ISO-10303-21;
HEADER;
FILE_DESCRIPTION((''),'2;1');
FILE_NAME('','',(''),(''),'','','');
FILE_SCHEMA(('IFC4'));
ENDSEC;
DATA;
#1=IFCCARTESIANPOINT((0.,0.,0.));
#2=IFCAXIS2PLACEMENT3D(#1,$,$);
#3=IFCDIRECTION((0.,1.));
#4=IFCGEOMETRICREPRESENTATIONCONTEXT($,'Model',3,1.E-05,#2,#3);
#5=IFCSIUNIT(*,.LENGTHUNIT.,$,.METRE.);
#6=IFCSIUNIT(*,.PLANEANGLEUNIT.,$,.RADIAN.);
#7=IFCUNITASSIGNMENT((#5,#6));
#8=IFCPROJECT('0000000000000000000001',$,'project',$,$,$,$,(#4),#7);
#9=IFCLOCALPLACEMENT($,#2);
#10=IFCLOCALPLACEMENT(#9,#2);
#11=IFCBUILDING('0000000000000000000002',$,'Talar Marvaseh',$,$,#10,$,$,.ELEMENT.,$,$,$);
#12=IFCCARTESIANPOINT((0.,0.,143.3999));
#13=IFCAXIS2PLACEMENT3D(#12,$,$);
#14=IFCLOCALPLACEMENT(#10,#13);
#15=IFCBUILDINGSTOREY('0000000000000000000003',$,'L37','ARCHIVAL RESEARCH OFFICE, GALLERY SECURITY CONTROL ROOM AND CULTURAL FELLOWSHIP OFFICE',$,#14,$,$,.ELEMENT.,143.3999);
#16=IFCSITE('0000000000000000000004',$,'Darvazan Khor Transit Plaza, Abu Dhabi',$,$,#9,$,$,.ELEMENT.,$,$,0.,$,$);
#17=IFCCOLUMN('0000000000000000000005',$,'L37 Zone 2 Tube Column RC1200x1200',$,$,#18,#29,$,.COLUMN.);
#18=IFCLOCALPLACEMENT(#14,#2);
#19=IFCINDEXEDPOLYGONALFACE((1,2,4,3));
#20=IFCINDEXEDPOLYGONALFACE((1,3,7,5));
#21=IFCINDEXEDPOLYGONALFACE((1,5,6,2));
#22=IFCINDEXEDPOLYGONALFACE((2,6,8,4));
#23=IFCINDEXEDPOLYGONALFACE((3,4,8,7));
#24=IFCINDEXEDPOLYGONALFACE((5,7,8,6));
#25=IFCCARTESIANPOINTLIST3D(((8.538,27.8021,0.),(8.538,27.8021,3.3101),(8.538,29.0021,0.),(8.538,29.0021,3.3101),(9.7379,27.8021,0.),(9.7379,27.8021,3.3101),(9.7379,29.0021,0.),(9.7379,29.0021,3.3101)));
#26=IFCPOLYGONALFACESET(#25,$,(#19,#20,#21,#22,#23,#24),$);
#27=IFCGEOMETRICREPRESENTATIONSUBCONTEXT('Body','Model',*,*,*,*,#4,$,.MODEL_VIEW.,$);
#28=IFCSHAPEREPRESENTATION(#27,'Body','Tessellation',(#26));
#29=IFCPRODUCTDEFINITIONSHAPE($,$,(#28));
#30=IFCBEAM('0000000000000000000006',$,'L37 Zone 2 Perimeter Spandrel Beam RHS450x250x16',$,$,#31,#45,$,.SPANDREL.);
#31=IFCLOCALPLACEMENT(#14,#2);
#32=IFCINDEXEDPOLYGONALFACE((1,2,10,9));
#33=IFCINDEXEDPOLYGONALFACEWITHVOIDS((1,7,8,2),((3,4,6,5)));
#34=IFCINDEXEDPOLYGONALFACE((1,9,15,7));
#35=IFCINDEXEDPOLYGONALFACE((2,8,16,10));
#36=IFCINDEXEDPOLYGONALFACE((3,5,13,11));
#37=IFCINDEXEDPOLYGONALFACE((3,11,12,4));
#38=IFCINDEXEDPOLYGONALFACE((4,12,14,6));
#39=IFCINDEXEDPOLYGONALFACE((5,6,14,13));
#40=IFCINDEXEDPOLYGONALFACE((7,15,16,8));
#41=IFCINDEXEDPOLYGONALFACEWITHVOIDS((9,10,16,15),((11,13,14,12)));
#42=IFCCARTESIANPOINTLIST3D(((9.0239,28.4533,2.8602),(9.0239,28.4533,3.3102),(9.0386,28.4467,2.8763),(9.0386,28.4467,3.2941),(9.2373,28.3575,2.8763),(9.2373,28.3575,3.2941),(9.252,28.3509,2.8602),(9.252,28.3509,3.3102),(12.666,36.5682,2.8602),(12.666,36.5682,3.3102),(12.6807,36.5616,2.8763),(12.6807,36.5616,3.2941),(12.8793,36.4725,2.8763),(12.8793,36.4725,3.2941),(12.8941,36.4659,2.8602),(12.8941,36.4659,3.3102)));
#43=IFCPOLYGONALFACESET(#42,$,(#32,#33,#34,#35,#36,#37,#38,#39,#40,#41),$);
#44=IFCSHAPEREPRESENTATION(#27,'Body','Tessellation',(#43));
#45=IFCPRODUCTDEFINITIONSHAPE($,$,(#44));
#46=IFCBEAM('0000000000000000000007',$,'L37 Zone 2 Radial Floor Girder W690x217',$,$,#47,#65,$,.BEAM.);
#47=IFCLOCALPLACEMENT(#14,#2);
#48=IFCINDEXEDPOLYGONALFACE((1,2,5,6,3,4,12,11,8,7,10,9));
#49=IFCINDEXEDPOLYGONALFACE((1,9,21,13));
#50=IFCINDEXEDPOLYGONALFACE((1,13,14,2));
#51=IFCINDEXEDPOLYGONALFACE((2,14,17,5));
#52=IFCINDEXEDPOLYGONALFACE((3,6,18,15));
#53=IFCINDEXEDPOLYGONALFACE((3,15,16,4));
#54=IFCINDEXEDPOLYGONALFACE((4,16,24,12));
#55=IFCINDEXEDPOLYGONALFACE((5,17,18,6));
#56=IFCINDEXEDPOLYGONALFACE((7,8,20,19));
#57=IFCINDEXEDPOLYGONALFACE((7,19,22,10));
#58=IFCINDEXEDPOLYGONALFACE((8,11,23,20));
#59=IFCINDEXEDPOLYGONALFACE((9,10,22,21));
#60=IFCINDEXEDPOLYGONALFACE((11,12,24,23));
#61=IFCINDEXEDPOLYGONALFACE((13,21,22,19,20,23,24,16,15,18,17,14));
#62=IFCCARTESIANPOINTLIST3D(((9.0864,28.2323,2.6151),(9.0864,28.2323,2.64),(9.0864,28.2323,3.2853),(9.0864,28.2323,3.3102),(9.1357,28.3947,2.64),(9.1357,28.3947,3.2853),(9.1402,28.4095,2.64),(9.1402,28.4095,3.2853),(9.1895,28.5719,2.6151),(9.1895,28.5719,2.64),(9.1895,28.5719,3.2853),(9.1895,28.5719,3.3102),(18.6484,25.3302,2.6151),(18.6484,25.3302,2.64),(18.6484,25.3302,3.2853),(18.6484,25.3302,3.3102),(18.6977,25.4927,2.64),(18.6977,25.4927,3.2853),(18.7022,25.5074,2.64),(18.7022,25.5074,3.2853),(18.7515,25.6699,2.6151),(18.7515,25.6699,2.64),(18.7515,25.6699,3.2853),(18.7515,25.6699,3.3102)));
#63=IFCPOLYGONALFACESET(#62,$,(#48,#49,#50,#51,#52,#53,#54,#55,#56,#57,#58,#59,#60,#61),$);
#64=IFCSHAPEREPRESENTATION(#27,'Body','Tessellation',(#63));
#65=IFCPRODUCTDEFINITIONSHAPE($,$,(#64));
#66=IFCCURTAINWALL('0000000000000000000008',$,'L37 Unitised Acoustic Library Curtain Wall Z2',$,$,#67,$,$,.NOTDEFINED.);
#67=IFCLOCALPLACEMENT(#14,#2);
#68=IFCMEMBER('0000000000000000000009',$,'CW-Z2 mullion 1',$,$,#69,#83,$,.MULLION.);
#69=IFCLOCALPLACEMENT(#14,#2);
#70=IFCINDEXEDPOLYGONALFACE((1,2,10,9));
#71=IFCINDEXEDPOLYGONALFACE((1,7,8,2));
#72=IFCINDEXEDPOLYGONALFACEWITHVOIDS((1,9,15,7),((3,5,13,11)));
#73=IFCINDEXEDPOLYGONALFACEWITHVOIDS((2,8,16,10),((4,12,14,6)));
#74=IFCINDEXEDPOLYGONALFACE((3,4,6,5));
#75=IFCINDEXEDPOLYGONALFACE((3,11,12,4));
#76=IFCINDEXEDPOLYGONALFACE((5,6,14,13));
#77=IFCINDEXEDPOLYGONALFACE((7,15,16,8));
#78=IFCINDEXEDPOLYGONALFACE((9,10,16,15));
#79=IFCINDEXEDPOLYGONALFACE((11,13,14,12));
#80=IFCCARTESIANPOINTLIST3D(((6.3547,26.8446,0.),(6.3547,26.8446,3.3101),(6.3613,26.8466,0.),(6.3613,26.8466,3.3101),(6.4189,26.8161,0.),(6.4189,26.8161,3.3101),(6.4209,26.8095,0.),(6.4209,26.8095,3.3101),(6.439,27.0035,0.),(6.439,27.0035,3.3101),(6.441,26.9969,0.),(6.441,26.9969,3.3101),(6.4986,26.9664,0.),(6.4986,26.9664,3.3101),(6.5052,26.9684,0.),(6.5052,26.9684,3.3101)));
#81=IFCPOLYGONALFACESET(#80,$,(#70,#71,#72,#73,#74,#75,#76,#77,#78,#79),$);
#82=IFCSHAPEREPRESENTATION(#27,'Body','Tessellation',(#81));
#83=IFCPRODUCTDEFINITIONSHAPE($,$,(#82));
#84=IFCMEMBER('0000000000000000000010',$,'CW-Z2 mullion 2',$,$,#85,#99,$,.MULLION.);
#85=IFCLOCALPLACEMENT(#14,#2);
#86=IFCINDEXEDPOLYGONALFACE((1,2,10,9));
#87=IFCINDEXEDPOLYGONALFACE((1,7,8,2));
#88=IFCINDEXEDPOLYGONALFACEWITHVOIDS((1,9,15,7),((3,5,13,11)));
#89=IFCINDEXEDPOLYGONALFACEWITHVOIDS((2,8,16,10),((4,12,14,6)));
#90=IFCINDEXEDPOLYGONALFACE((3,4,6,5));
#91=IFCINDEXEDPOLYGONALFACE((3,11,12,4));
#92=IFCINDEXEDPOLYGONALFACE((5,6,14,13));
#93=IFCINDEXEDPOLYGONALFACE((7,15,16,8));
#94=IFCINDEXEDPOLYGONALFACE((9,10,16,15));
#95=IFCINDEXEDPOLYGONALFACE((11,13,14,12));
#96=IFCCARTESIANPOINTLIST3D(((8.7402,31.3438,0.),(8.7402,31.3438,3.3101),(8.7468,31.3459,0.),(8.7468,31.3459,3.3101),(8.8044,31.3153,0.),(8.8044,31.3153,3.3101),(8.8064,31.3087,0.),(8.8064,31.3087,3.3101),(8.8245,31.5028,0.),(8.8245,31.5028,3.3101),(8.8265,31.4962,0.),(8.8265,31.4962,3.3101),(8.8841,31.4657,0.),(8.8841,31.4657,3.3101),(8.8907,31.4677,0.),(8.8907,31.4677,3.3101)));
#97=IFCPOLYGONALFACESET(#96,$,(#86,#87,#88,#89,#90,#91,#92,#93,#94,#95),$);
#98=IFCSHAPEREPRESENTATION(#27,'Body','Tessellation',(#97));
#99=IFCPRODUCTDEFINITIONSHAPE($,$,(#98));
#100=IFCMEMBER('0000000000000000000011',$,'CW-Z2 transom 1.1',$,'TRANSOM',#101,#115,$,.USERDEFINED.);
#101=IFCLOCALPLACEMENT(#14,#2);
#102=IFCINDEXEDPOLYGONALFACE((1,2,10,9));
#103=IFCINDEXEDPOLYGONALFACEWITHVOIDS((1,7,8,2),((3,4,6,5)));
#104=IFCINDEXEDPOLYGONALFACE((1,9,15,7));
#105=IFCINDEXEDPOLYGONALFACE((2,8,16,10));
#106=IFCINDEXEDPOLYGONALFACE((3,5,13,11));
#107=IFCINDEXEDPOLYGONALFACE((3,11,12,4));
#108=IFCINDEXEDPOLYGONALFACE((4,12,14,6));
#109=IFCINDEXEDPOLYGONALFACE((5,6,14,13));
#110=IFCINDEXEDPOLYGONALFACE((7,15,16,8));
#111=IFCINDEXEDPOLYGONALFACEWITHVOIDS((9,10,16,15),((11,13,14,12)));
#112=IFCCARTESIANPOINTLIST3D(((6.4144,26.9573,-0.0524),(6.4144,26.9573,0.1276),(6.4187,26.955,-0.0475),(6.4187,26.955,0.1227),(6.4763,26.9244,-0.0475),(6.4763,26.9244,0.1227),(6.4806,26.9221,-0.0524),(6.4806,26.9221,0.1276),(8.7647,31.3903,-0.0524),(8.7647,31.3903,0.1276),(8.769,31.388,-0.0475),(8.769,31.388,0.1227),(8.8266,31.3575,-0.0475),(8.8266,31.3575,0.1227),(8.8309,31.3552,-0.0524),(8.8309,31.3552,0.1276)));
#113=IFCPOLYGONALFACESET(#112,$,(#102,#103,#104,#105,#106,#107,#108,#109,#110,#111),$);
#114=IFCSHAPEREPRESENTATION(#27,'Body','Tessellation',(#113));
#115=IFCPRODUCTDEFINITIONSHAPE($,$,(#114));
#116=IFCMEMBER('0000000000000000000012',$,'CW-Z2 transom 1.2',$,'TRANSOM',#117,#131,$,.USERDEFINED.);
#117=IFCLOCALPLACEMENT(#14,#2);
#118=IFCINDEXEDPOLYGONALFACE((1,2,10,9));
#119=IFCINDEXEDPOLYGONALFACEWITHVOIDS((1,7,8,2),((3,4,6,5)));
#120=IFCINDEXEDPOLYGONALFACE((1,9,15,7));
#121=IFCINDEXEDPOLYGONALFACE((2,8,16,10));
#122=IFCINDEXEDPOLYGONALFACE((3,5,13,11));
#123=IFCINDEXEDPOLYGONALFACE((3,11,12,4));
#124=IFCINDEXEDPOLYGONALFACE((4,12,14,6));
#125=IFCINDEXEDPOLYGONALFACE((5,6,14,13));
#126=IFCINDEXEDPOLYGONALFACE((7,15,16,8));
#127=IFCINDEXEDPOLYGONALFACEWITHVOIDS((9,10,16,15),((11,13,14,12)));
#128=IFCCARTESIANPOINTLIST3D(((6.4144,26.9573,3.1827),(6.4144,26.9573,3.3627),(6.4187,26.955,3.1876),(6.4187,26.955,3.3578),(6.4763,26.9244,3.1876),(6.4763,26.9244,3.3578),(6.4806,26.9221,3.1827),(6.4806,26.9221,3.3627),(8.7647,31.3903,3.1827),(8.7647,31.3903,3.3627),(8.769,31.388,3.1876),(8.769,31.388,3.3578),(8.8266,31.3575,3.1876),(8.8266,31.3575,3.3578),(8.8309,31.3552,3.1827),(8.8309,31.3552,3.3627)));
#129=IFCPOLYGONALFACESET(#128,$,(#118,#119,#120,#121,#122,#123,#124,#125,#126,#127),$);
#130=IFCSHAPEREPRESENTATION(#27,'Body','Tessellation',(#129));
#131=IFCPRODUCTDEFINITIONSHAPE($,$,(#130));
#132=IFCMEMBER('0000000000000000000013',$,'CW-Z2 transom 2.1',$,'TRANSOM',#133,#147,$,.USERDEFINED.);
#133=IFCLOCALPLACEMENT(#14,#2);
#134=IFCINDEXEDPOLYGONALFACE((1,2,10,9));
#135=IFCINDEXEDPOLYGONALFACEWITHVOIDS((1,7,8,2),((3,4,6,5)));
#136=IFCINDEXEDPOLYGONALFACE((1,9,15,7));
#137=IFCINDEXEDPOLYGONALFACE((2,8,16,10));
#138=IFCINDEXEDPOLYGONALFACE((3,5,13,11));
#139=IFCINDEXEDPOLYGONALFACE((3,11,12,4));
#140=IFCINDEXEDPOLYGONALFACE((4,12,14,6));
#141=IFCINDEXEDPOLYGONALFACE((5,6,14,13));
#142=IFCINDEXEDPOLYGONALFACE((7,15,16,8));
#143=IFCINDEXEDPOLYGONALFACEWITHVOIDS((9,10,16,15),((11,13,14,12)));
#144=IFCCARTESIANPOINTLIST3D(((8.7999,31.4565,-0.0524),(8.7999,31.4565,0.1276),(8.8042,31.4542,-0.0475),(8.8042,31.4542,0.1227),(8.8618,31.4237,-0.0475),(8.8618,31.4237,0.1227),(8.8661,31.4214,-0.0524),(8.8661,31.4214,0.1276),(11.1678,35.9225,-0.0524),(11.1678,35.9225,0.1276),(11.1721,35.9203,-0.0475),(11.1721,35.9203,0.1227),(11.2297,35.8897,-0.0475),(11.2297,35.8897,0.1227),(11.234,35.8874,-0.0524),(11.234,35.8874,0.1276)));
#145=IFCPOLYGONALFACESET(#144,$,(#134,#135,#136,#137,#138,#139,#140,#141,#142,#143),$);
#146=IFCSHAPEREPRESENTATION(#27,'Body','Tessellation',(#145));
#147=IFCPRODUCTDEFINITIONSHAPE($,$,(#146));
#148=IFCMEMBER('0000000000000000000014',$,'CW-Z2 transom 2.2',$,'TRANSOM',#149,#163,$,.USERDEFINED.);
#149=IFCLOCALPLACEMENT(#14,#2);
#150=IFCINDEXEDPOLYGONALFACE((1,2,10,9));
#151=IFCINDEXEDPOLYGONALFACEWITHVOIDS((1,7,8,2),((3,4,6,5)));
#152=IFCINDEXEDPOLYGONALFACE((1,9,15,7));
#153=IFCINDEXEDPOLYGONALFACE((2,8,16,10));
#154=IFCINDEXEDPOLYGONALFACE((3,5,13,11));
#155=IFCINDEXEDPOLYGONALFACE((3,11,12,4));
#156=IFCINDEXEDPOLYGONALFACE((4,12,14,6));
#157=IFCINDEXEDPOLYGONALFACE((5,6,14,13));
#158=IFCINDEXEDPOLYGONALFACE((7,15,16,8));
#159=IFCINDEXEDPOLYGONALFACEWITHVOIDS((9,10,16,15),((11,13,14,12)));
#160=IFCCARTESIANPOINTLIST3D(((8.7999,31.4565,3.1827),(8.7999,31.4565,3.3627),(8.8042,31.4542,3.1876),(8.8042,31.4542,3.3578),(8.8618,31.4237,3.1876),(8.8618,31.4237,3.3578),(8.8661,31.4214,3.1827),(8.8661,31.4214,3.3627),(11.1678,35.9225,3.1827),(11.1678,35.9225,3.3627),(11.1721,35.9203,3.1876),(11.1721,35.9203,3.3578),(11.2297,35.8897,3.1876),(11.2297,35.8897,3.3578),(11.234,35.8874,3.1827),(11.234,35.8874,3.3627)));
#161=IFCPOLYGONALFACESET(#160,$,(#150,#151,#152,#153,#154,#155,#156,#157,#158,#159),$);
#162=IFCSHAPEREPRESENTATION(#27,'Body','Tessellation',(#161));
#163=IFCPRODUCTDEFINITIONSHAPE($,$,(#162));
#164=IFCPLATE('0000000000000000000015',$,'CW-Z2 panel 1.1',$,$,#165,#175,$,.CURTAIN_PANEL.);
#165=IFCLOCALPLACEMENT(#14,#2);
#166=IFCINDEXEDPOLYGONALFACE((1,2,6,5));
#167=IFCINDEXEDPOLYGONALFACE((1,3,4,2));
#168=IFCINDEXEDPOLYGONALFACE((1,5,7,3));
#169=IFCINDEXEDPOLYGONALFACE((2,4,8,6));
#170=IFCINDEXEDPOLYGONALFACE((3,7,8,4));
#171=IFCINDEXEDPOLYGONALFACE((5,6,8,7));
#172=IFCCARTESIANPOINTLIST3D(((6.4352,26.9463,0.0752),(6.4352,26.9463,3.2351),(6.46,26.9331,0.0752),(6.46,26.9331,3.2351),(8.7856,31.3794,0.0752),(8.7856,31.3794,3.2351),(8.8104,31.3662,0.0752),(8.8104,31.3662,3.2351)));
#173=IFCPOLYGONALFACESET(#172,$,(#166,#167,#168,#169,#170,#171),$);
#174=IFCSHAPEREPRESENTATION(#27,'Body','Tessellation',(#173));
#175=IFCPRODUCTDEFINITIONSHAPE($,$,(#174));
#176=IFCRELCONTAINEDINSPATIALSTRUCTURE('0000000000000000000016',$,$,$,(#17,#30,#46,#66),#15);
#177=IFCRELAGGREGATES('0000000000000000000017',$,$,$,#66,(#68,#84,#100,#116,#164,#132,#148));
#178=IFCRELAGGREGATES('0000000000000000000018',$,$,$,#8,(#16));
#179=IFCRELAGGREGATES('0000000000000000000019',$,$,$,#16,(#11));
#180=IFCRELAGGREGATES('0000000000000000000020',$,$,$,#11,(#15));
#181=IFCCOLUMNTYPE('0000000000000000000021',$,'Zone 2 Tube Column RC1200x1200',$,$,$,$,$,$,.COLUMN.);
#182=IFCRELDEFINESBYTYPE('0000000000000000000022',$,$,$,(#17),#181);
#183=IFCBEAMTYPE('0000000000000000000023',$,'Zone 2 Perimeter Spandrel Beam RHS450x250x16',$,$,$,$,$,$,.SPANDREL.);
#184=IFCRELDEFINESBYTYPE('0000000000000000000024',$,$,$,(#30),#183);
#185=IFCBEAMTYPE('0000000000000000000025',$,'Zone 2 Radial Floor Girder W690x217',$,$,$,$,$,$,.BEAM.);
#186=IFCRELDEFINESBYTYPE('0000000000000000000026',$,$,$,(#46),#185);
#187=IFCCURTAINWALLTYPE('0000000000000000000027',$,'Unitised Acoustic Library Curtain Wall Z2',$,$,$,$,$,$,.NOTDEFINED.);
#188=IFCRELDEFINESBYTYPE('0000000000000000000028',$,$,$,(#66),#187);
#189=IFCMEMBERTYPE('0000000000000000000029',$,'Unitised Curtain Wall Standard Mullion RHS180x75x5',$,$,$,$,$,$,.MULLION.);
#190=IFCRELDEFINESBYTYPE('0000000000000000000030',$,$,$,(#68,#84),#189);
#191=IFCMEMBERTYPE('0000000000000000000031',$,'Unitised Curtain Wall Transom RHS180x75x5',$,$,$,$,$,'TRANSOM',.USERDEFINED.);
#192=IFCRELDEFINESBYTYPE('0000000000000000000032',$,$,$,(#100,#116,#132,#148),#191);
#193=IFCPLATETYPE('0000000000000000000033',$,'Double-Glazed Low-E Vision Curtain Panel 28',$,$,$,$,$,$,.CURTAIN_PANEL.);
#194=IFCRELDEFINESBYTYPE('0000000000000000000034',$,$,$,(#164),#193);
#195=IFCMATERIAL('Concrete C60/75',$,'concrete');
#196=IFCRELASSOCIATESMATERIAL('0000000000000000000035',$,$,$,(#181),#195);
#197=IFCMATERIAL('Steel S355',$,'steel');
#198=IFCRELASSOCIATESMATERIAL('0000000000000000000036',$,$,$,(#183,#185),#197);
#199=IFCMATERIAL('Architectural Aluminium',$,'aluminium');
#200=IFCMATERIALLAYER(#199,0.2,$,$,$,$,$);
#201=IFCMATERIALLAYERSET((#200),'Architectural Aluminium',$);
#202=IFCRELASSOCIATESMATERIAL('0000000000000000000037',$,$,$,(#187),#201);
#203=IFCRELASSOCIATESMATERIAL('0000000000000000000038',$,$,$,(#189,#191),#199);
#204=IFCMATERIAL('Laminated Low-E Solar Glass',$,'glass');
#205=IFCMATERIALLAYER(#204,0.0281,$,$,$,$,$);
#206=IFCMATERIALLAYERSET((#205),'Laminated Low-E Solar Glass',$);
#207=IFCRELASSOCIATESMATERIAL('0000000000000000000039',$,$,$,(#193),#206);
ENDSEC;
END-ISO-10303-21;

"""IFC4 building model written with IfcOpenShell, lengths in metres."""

from ifc_helpers import new_model, si_unit, direction, frame, origin, origin_2d, place, context, subcontext, project, spatial, rectangle, hollow_rectangle, i_section, extrude, source, transform, mapped, material, layer, layer_set, material_profile, profile_set, type_object, type_shapes, element, aggregate, save


model = new_model("IFC4")

# Units and contexts
model_context = context("Model", 3, precision=1e-05, world=origin(), true_north=direction((0.0, 1.0)))
body_context = subcontext(model_context, "Body", "Model", "MODEL_VIEW")
ifc_project = project(units=[si_unit("LENGTHUNIT", "METRE"), si_unit("PLANEANGLEUNIT", "RADIAN")], contexts=[model_context])

# Site, building, storey
site_placement = place(None, origin())
site = spatial("IfcSite", under=ifc_project, at=site_placement, Name="Darvazan Khor Transit Plaza, Abu Dhabi", CompositionType="ELEMENT", RefElevation=0.0)
building_placement = place(site_placement, origin())
building = spatial("IfcBuilding", under=site, at=building_placement, Name="Talar Marvaseh", CompositionType="ELEMENT")
storey_placement = place(building_placement, frame((0.0, 0.0, 143.3999)))
storey = spatial("IfcBuildingStorey", under=building, at=storey_placement, Name="L37", Description="ARCHIVAL RESEARCH OFFICE, GALLERY SECURITY CONTROL ROOM AND CULTURAL FELLOWSHIP OFFICE", CompositionType="ELEMENT", Elevation=143.3999)

# Column
ifc_material_1 = material(Name="Concrete C60/75", Category="concrete")
ifc_material_profile_1 = material_profile(ifc_material_1, rectangle(XDim=1.2, YDim=1.2, at=origin_2d()), Name="RC1200x1200")
ifc_profile_set_1 = profile_set([ifc_material_profile_1], Name="Concrete C60/75")
column_type = type_object("IfcColumnType", Name="Zone 2 Tube Column RC1200x1200", PredefinedType="COLUMN", material=ifc_profile_set_1)
column_placement = place(storey_placement, frame((9.1379, 28.4021, 0.0), z_axis=(0.0, 0.0, 1.0), x_axis=(1.0, 0.0, 0.0)))
element("IfcColumn", 1, at=column_placement, inside=storey, type_object=column_type, Name="L37 Zone 2 Tube Column RC1200x1200", PredefinedType="COLUMN", context=body_context, shape_type="SweptSolid", body=[
    extrude(rectangle(XDim=1.2, YDim=1.2, at=origin_2d()), origin(), (0.0, 0.0, 1.0), 3.3101),
])

# Beams
ifc_material_2 = material(Name="Steel S355", Category="steel")
ifc_material_profile_2 = material_profile(ifc_material_2, hollow_rectangle(XDim=0.25, YDim=0.45, WallThickness=0.0161, at=origin_2d()), Name="RHS450x250x16")
ifc_profile_set_2 = profile_set([ifc_material_profile_2], Name="Steel S355")
beam_type_1 = type_object("IfcBeamType", Name="Zone 2 Perimeter Spandrel Beam RHS450x250x16", PredefinedType="SPANDREL", material=ifc_profile_set_2)
beam_1_placement = place(storey_placement, frame((9.1379, 28.4021, 3.0852), z_axis=(0.409462, 0.912327, 0.0), x_axis=(-0.912327, 0.409462, 0.0)))
element("IfcBeam", 2, at=beam_1_placement, inside=storey, type_object=beam_type_1, Name="L37 Zone 2 Perimeter Spandrel Beam RHS450x250x16", PredefinedType="SPANDREL", context=body_context, shape_type="SweptSolid", body=[
    extrude(hollow_rectangle(XDim=0.25, YDim=0.45, WallThickness=0.0161, at=origin_2d()), origin(), (0.0, 0.0, 1.0), 8.8948),
])
ifc_material_profile_3 = material_profile(ifc_material_2, i_section(OverallWidth=0.355, OverallDepth=0.6951, WebThickness=0.0154, FlangeThickness=0.0249, at=origin_2d()), Name="W690x217")
ifc_profile_set_3 = profile_set([ifc_material_profile_3], Name="Steel S355")
beam_type_2 = type_object("IfcBeamType", Name="Zone 2 Radial Floor Girder W690x217", PredefinedType="BEAM", material=ifc_profile_set_3)
beam_2_placement = place(storey_placement, frame((9.1379, 28.4021, 2.9626), z_axis=(0.956899, -0.290422, 0.0), x_axis=(0.290422, 0.956899, 0.0)))
element("IfcBeam", 3, at=beam_2_placement, inside=storey, type_object=beam_type_2, Name="L37 Zone 2 Radial Floor Girder W690x217", PredefinedType="BEAM", context=body_context, shape_type="SweptSolid", body=[
    extrude(i_section(OverallWidth=0.355, OverallDepth=0.6951, WebThickness=0.0154, FlangeThickness=0.0249, at=origin_2d()), origin(), (0.0, 0.0, 1.0), 9.9927),
])

# Curtain wall, members, plate
ifc_material_3 = material(Name="Architectural Aluminium", Category="aluminium")
ifc_layer_1 = layer(ifc_material_3, 0.2)
ifc_layer_set_1 = layer_set([ifc_layer_1], Name="Architectural Aluminium")
curtain_wall_type = type_object("IfcCurtainWallType", Name="Unitised Acoustic Library Curtain Wall Z2", PredefinedType="NOTDEFINED", material=ifc_layer_set_1)
curtain_wall_placement = place(storey_placement, origin())
curtain_wall = element("IfcCurtainWall", 4, at=curtain_wall_placement, inside=storey, type_object=curtain_wall_type, Name="L37 Unitised Acoustic Library Curtain Wall Z2", PredefinedType="NOTDEFINED")
ifc_material_profile_4 = material_profile(ifc_material_3, hollow_rectangle(XDim=0.075, YDim=0.1799, WallThickness=0.0049, at=origin_2d()), Name="RHS180x75x5")
ifc_profile_set_4 = profile_set([ifc_material_profile_4], Name="Architectural Aluminium")
member_type_1 = type_object("IfcMemberType", Name="Unitised Curtain Wall Standard Mullion RHS180x75x5", PredefinedType="MULLION", material=ifc_profile_set_4)
shared_shape_1 = source(origin(), body_context, "Body", "SweptSolid", [
    extrude(hollow_rectangle(XDim=0.075, YDim=0.1799, WallThickness=0.0049, at=origin_2d()), origin(), (0.0, 0.0, 1.0), 3.3101),
])
type_shapes(member_type_1, [shared_shape_1])
member_1_placement = place(storey_placement, frame((6.4299, 26.9065, 0.0), z_axis=(0.0, 0.0, 1.0), x_axis=(-0.883505, 0.468422, 0.0)))
member_1 = element("IfcMember", 5, at=member_1_placement, type_object=member_type_1, Name="CW-Z2 mullion 1", PredefinedType="MULLION", context=body_context, shape_type="MappedRepresentation", body=[
    mapped(shared_shape_1, transform((0.0, 0.0, 0.0), x_axis=(1.0, 0.0, 0.0), y_axis=(0.0, 1.0, 0.0), z_axis=(0.0, 0.0, 1.0), scale=1.0)),
])
member_2_placement = place(storey_placement, frame((8.8154, 31.4058, 0.0), z_axis=(0.0, 0.0, 1.0), x_axis=(-0.883505, 0.468422, 0.0)))
member_2 = element("IfcMember", 6, at=member_2_placement, type_object=member_type_1, Name="CW-Z2 mullion 2", PredefinedType="MULLION", context=body_context, shape_type="MappedRepresentation", body=[
    mapped(shared_shape_1, transform((0.0, 0.0, 0.0), x_axis=(1.0, 0.0, 0.0), y_axis=(0.0, 1.0, 0.0), z_axis=(0.0, 0.0, 1.0), scale=1.0)),
])
ifc_material_profile_5 = material_profile(ifc_material_3, hollow_rectangle(XDim=0.075, YDim=0.1799, WallThickness=0.0049, at=origin_2d()), Name="RHS180x75x5")
ifc_profile_set_5 = profile_set([ifc_material_profile_5], Name="Architectural Aluminium")
member_type_2 = type_object("IfcMemberType", Name="Unitised Curtain Wall Transom RHS180x75x5", ElementType="TRANSOM", PredefinedType="USERDEFINED", material=ifc_profile_set_5)
shared_shape_2 = source(origin(), body_context, "Body", "SweptSolid", [
    extrude(hollow_rectangle(XDim=0.075, YDim=0.1799, WallThickness=0.0049, at=origin_2d()), origin(), (0.0, 0.0, 1.0), 5.0176),
])
member_3_placement = place(storey_placement, frame((6.4475, 26.9397, 0.0376), z_axis=(0.468417, 0.883507, 0.0), x_axis=(-0.883507, 0.468417, 0.0)))
member_3 = element("IfcMember", 7, at=member_3_placement, type_object=member_type_2, Name="CW-Z2 transom 1.1", ObjectType="TRANSOM", PredefinedType="USERDEFINED", context=body_context, shape_type="MappedRepresentation", body=[
    mapped(shared_shape_2, transform((0.0, 0.0, 0.0), x_axis=(1.0, 0.0, 0.0), y_axis=(0.0, 1.0, 0.0), z_axis=(0.0, 0.0, 1.0), scale=1.0)),
])
member_4_placement = place(storey_placement, frame((6.4475, 26.9397, 3.2727), z_axis=(0.468417, 0.883507, 0.0), x_axis=(-0.883507, 0.468417, 0.0)))
member_4 = element("IfcMember", 8, at=member_4_placement, type_object=member_type_2, Name="CW-Z2 transom 1.2", ObjectType="TRANSOM", PredefinedType="USERDEFINED", context=body_context, shape_type="MappedRepresentation", body=[
    mapped(shared_shape_2, transform((0.0, 0.0, 0.0), x_axis=(1.0, 0.0, 0.0), y_axis=(0.0, 1.0, 0.0), z_axis=(0.0, 0.0, 1.0), scale=1.0)),
])
shared_shape_3 = source(origin(), body_context, "Body", "SweptSolid", [
    extrude(hollow_rectangle(XDim=0.075, YDim=0.1799, WallThickness=0.0049, at=origin_2d()), origin(), (0.0, 0.0, 1.0), 5.0549),
])
type_shapes(member_type_2, [shared_shape_2, shared_shape_3])
member_5_placement = place(storey_placement, frame((8.833, 31.439, 0.0376), z_axis=(0.468434, 0.883499, 0.0), x_axis=(-0.883499, 0.468434, 0.0)))
member_5 = element("IfcMember", 9, at=member_5_placement, type_object=member_type_2, Name="CW-Z2 transom 2.1", ObjectType="TRANSOM", PredefinedType="USERDEFINED", context=body_context, shape_type="MappedRepresentation", body=[
    mapped(shared_shape_3, transform((0.0, 0.0, 0.0), x_axis=(1.0, 0.0, 0.0), y_axis=(0.0, 1.0, 0.0), z_axis=(0.0, 0.0, 1.0), scale=1.0)),
])
member_6_placement = place(storey_placement, frame((8.833, 31.439, 3.2727), z_axis=(0.468434, 0.883499, 0.0), x_axis=(-0.883499, 0.468434, 0.0)))
member_6 = element("IfcMember", 10, at=member_6_placement, type_object=member_type_2, Name="CW-Z2 transom 2.2", ObjectType="TRANSOM", PredefinedType="USERDEFINED", context=body_context, shape_type="MappedRepresentation", body=[
    mapped(shared_shape_3, transform((0.0, 0.0, 0.0), x_axis=(1.0, 0.0, 0.0), y_axis=(0.0, 1.0, 0.0), z_axis=(0.0, 0.0, 1.0), scale=1.0)),
])
ifc_material_4 = material(Name="Laminated Low-E Solar Glass", Category="glass")
ifc_layer_2 = layer(ifc_material_4, 0.0281)
ifc_layer_set_2 = layer_set([ifc_layer_2], Name="Laminated Low-E Solar Glass")
plate_type = type_object("IfcPlateType", Name="Double-Glazed Low-E Vision Curtain Panel 28", PredefinedType="CURTAIN_PANEL", material=ifc_layer_set_2)
shared_shape_4 = source(origin(), body_context, "Body", "SweptSolid", [
    extrude(rectangle(XDim=5.0176, YDim=0.0281, at=origin_2d()), origin(), (0.0, 0.0, 1.0), 3.1599),
])
type_shapes(plate_type, [shared_shape_4])
plate_placement = place(storey_placement, frame((7.6228, 29.1562, 0.0752), z_axis=(0.0, 0.0, 1.0), x_axis=(0.468422, 0.883505, 0.0)))
plate = element("IfcPlate", 11, at=plate_placement, type_object=plate_type, Name="CW-Z2 panel 1.1", PredefinedType="CURTAIN_PANEL", context=body_context, shape_type="MappedRepresentation", body=[
    mapped(shared_shape_4, transform((0.0, 0.0, 0.0), x_axis=(1.0, 0.0, 0.0), y_axis=(0.0, 1.0, 0.0), z_axis=(0.0, 0.0, 1.0), scale=1.0)),
])
aggregate(curtain_wall, [member_1, member_2, member_3, member_4, plate, member_5, member_6])

save(model, "model.ifc")
